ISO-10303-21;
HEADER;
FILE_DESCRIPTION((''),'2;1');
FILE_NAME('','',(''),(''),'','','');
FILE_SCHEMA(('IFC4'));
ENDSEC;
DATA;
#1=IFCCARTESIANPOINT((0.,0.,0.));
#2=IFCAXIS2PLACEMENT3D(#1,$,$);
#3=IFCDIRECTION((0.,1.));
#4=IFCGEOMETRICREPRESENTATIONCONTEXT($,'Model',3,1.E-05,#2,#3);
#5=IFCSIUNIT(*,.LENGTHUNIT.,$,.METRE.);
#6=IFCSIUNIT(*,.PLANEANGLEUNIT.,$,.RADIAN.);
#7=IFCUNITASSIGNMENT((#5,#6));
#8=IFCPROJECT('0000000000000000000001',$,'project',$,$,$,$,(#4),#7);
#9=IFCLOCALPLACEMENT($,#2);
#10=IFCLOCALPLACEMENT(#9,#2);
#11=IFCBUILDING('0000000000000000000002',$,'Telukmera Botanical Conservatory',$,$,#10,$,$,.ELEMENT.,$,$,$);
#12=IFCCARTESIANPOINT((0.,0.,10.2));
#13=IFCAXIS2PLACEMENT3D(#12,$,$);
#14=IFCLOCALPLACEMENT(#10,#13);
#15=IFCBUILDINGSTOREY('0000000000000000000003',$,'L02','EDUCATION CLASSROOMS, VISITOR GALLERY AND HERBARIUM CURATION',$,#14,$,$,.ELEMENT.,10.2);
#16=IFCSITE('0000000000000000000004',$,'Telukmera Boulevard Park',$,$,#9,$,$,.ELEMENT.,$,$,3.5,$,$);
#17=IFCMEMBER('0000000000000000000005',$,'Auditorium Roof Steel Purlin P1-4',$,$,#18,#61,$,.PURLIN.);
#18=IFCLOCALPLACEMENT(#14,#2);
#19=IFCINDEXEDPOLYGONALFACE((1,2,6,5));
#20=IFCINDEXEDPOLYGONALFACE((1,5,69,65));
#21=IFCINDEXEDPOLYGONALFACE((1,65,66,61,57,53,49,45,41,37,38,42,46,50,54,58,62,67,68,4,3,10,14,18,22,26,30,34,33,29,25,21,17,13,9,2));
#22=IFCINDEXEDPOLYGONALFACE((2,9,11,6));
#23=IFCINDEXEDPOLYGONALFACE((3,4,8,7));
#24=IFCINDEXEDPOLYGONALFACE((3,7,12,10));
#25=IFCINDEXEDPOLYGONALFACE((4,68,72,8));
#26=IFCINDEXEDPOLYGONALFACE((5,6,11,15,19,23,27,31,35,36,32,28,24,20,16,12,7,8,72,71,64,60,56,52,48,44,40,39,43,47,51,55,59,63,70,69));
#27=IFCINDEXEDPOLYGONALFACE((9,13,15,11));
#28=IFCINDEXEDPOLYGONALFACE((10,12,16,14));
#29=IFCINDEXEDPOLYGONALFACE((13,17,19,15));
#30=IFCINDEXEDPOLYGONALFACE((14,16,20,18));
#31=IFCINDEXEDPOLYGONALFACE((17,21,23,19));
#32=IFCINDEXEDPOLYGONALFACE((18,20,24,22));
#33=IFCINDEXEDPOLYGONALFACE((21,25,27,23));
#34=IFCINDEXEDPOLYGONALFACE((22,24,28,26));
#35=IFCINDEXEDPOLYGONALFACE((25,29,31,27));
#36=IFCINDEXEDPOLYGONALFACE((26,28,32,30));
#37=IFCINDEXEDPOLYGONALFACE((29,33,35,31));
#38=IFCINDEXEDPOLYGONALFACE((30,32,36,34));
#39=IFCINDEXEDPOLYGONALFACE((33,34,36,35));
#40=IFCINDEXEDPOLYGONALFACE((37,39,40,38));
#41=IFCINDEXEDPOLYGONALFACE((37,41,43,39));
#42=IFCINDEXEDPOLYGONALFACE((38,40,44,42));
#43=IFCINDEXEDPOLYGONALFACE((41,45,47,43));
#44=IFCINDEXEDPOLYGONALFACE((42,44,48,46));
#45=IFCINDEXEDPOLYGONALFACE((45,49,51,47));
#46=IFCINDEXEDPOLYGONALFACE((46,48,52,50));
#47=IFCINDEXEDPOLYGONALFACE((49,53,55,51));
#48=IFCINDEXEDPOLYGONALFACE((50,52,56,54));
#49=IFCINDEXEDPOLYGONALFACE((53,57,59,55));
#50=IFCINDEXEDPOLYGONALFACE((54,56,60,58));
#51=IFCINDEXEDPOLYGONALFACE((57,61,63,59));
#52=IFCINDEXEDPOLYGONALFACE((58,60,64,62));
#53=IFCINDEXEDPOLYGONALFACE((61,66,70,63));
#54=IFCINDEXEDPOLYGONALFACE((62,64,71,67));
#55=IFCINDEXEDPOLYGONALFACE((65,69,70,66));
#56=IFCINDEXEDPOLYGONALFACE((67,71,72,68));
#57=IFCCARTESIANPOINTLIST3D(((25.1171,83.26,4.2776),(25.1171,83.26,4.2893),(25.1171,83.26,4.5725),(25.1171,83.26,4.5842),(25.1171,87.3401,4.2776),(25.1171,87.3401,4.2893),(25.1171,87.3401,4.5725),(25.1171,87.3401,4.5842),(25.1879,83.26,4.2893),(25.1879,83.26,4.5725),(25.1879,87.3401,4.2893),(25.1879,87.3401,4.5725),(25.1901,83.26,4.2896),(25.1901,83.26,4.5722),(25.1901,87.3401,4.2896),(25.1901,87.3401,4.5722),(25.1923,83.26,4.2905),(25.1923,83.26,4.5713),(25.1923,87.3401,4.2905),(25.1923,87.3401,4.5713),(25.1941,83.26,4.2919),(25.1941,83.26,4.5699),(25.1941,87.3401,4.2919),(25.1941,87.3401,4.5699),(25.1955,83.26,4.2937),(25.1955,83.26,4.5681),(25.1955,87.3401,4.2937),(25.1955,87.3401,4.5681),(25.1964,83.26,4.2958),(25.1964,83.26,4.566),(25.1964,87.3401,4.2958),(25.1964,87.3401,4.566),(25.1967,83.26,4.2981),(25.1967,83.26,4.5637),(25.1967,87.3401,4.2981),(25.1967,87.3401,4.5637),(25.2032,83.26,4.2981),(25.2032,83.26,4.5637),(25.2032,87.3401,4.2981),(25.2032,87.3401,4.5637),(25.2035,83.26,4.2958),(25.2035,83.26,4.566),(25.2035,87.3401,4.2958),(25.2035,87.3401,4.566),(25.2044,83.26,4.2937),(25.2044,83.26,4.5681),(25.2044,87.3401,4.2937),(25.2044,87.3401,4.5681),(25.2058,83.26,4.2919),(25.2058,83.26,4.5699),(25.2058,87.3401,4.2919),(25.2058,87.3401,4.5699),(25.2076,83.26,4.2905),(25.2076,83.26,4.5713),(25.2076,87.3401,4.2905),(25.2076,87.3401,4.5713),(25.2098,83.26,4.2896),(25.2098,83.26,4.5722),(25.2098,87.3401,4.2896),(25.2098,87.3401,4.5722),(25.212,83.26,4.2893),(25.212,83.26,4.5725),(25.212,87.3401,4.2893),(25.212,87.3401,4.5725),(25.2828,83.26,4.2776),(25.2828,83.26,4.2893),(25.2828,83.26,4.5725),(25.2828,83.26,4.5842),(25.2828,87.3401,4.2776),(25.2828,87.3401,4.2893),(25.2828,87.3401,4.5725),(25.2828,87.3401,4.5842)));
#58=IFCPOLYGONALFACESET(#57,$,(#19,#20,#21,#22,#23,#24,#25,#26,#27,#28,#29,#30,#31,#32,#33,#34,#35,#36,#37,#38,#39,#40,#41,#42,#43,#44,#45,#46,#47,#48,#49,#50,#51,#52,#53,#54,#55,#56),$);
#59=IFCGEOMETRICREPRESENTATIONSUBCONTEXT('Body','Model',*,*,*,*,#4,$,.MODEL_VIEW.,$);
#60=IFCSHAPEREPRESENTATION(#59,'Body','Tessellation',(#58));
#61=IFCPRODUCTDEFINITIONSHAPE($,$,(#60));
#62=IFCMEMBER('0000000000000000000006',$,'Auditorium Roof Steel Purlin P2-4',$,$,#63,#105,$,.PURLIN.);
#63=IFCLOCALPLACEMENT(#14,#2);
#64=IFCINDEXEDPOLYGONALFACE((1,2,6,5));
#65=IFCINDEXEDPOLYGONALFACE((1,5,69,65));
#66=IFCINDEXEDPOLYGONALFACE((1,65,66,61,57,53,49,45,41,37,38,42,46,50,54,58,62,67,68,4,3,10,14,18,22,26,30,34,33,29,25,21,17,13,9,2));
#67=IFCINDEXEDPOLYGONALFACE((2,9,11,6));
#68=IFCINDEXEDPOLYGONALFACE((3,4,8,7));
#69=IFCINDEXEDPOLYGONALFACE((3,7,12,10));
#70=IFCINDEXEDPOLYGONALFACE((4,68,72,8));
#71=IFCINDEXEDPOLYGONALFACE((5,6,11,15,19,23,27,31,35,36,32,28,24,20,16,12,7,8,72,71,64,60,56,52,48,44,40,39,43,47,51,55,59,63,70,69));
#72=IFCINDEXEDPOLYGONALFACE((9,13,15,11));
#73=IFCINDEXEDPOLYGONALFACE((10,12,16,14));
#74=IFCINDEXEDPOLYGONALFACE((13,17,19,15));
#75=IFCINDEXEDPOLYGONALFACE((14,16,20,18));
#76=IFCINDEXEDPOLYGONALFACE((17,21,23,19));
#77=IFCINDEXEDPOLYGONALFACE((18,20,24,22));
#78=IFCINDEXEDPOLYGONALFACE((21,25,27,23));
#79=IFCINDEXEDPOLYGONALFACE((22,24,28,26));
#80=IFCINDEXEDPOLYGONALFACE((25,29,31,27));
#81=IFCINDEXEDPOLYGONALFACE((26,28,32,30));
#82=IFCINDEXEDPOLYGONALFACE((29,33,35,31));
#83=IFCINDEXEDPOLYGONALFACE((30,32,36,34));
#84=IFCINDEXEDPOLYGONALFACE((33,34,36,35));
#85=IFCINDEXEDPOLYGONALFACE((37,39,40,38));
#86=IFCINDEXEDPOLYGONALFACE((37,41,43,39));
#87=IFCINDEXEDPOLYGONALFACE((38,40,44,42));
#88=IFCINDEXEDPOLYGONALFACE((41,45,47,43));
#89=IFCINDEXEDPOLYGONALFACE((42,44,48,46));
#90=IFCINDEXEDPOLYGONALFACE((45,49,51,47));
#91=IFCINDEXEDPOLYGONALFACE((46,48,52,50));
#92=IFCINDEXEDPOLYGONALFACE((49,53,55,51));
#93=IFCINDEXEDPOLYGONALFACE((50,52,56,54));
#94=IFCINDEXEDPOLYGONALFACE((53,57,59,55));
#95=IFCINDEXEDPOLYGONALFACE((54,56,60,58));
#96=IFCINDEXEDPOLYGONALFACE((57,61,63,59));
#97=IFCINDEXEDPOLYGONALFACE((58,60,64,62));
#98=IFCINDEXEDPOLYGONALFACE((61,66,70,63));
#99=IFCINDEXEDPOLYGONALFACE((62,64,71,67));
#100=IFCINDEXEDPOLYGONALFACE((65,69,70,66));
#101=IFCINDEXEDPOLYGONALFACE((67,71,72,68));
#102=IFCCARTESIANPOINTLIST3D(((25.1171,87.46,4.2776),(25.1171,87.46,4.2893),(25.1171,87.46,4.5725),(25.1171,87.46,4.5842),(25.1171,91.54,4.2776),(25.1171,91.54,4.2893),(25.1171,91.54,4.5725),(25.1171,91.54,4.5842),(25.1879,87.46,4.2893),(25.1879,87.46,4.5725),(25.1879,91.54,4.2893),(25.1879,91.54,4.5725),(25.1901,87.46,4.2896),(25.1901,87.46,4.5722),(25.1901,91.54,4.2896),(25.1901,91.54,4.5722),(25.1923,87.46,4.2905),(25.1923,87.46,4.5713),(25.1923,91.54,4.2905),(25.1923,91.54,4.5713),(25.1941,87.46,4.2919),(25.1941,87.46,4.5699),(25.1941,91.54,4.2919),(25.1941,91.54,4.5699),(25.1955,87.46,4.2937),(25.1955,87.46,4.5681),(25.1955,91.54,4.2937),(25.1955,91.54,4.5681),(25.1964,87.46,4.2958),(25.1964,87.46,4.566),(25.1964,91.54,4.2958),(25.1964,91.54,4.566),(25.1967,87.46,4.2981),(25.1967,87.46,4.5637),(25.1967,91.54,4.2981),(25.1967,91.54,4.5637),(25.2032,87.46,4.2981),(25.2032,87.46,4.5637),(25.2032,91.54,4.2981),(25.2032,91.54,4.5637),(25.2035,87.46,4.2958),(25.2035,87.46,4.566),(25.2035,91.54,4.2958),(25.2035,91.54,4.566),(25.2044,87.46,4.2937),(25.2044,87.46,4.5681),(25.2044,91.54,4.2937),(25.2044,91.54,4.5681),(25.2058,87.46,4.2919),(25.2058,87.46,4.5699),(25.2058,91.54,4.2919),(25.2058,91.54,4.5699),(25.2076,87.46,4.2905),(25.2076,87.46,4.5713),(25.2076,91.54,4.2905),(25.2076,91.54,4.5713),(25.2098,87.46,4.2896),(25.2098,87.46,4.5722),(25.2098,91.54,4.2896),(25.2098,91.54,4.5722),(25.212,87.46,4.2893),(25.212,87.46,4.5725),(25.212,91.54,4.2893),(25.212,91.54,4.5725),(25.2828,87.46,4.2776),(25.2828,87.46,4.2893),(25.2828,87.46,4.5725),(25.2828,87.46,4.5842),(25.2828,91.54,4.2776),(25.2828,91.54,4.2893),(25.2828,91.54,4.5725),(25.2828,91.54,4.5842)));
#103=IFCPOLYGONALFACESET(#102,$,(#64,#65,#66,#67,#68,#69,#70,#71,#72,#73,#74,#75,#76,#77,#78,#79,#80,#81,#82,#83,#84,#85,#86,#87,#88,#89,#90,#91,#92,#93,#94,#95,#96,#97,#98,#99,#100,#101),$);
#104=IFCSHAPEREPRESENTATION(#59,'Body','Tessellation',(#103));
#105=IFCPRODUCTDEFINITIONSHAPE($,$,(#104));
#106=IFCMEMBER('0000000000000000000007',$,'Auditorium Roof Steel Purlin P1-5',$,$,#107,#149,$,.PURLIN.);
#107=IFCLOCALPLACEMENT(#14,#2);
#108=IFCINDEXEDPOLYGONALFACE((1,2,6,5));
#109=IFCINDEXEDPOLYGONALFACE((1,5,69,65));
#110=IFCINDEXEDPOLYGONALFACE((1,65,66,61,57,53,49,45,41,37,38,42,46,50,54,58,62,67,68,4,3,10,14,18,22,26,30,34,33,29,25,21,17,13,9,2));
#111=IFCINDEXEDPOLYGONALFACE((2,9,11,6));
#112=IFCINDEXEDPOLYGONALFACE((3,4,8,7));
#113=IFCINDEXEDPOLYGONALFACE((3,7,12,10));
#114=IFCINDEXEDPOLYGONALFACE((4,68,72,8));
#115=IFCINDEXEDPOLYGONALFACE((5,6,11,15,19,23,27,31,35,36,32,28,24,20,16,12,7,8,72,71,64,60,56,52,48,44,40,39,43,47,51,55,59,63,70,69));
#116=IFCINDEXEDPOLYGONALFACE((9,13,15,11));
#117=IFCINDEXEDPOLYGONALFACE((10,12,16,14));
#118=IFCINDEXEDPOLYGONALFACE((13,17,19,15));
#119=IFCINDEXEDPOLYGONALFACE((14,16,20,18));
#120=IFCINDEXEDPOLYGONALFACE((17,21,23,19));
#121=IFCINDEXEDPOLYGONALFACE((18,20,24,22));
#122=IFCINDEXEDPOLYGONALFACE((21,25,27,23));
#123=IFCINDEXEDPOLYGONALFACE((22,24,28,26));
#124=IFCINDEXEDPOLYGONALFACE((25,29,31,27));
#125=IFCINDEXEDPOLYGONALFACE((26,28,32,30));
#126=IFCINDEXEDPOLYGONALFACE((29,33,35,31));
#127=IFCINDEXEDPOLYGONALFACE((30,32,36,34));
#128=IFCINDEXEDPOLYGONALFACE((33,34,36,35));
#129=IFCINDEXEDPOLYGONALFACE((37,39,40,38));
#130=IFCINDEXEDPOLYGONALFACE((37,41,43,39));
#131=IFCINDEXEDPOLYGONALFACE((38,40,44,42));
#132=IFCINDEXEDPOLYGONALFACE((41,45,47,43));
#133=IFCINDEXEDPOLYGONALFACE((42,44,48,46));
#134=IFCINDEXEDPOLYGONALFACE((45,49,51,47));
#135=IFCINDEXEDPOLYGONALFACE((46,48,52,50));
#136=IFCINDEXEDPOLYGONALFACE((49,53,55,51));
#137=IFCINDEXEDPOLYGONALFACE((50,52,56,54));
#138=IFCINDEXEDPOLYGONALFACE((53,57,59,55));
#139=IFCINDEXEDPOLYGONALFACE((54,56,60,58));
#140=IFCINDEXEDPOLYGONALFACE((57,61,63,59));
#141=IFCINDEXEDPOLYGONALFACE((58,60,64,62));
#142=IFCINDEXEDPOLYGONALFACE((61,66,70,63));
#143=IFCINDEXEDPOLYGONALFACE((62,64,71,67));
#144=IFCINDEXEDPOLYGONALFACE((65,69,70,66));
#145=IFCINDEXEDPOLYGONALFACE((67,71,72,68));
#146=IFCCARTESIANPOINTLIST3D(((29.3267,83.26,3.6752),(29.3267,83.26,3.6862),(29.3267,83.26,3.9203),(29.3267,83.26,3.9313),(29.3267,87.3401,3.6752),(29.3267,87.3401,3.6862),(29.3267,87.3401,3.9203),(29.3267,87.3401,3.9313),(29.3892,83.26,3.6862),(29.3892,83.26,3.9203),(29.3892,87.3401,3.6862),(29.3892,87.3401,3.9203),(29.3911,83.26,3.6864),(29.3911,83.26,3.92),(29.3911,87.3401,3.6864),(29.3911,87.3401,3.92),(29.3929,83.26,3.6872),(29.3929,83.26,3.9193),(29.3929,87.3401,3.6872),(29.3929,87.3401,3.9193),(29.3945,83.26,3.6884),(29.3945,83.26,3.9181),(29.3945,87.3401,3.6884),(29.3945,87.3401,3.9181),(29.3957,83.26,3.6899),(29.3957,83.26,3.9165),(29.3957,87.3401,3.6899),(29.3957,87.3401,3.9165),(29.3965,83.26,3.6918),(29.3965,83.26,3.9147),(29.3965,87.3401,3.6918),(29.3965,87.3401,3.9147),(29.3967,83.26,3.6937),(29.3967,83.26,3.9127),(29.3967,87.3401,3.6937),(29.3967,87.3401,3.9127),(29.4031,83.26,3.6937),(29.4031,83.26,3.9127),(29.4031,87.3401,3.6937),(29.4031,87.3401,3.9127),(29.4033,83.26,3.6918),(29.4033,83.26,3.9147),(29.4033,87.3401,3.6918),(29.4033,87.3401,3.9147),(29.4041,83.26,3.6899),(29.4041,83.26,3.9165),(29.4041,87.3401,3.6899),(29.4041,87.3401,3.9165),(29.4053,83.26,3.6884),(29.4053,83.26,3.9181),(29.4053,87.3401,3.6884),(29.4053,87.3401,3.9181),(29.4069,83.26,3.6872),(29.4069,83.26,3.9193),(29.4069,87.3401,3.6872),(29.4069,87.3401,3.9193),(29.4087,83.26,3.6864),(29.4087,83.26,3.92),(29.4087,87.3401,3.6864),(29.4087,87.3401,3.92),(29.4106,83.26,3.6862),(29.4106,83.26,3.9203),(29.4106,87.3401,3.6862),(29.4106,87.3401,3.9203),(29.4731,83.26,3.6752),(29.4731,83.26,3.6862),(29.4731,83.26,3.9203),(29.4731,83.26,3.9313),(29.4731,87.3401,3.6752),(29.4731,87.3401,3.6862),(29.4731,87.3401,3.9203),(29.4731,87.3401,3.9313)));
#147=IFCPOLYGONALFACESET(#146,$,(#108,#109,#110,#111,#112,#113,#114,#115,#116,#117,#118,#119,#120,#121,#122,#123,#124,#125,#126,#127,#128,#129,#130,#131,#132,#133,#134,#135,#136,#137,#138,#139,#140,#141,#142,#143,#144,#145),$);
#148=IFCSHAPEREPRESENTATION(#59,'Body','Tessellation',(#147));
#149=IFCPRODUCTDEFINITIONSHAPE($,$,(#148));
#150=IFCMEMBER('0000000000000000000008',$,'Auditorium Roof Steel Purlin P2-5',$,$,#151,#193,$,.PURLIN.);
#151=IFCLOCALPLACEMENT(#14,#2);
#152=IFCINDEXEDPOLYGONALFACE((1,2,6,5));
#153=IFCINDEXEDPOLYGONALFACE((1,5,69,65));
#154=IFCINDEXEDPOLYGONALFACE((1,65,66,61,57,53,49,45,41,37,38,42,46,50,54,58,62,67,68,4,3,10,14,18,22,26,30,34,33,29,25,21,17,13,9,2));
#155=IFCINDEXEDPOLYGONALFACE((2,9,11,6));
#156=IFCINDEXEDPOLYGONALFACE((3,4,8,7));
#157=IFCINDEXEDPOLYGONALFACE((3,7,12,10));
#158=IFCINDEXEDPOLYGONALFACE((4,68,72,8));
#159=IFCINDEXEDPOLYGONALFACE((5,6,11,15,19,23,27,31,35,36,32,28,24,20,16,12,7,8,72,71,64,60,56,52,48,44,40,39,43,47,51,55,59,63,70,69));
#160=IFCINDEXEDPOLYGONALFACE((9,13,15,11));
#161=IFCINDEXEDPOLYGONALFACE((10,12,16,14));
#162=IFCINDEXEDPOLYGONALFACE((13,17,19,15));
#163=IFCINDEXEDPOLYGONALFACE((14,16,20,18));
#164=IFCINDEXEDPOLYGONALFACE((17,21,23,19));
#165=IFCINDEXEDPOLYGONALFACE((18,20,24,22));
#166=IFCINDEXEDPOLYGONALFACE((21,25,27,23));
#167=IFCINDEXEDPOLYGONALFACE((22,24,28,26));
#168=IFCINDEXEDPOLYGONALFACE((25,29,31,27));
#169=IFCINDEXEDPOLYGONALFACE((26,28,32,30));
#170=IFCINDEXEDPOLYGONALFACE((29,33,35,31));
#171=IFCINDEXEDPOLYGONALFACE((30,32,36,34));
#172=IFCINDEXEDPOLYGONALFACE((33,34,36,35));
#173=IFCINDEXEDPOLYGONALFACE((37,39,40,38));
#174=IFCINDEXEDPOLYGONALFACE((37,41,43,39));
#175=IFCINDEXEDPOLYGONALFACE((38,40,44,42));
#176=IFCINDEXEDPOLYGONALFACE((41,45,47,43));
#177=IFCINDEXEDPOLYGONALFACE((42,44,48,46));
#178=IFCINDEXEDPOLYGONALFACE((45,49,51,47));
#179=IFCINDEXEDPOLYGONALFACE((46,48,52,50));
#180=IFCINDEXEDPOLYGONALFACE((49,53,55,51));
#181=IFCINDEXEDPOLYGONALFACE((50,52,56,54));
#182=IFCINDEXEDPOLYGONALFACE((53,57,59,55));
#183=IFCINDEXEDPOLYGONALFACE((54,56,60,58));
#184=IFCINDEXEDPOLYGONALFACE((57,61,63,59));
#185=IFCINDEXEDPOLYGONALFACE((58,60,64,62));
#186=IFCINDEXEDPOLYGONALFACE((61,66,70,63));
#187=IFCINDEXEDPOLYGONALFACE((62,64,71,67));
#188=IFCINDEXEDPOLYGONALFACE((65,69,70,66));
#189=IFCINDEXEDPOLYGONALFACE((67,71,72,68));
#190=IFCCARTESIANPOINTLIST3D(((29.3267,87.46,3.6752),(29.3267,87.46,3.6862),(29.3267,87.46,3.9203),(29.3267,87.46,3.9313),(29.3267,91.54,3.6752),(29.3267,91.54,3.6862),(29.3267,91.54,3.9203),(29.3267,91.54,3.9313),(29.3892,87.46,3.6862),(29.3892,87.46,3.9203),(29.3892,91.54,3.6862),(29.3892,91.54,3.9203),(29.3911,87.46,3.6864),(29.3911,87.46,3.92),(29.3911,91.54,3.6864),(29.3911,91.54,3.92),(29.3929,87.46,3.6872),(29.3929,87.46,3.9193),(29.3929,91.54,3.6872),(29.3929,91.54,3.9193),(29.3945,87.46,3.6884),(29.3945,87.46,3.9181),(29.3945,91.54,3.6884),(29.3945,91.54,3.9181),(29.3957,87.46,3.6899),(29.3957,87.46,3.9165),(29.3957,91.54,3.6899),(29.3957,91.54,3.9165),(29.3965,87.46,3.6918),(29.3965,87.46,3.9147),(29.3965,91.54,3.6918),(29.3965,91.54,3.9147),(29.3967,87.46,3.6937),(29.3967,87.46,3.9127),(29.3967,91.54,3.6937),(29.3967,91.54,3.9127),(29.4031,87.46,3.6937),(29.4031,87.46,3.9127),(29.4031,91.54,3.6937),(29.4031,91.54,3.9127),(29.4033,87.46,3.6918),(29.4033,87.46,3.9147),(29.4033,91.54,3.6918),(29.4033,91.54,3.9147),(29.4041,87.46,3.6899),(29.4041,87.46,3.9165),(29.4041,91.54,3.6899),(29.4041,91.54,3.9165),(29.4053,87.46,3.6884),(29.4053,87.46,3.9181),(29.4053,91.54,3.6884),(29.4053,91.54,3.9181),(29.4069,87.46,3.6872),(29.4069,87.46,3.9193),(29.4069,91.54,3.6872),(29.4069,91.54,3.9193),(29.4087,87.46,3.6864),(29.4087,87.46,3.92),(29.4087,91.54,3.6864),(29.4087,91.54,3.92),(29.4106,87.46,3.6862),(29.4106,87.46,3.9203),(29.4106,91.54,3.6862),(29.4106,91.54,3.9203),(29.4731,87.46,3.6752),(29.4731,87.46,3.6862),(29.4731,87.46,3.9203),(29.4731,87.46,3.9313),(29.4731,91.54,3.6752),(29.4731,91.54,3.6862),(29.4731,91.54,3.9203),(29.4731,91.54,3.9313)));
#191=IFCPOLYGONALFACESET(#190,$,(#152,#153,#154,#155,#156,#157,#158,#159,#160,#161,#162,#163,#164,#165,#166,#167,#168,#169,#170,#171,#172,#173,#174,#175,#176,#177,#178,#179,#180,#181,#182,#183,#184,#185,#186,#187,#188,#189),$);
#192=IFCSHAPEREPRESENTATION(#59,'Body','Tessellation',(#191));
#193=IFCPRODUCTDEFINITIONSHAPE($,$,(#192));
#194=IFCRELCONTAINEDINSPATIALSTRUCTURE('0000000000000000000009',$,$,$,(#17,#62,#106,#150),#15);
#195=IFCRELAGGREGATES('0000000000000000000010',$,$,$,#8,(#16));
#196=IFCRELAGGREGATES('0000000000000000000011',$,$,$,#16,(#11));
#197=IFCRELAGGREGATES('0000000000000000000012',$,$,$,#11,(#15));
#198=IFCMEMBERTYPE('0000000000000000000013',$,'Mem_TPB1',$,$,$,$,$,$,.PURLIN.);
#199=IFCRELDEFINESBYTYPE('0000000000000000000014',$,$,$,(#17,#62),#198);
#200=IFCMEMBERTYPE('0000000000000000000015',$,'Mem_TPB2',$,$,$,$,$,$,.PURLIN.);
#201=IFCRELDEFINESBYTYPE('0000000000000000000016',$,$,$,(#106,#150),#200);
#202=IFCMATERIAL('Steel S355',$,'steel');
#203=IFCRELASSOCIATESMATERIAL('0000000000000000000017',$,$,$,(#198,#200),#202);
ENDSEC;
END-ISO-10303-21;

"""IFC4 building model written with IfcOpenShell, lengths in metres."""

from ifc_helpers import new_model, si_unit, direction, frame, origin, origin_2d, place, context, subcontext, project, spatial, i_section, extrude, material, material_profile, profile_set, type_object, element, save


model = new_model("IFC4")

# Units and contexts
model_context = context("Model", 3, precision=1e-05, world=origin(), true_north=direction((0.0, 1.0)))
body_context = subcontext(model_context, "Body", "Model", "MODEL_VIEW")
ifc_project = project(units=[si_unit("LENGTHUNIT", "METRE"), si_unit("PLANEANGLEUNIT", "RADIAN")], contexts=[model_context])

# Site, building, storey
site_placement = place(None, origin())
site = spatial("IfcSite", under=ifc_project, at=site_placement, Name="Telukmera Boulevard Park", CompositionType="ELEMENT", RefElevation=3.5)
building_placement = place(site_placement, origin())
building = spatial("IfcBuilding", under=site, at=building_placement, Name="Telukmera Botanical Conservatory", CompositionType="ELEMENT")
storey_placement = place(building_placement, frame((0.0, 0.0, 10.2)))
storey = spatial("IfcBuildingStorey", under=building, at=storey_placement, Name="L02", Description="EDUCATION CLASSROOMS, VISITOR GALLERY AND HERBARIUM CURATION", CompositionType="ELEMENT", Elevation=10.2)

# Members
ifc_material_1 = material(Name="Steel S355", Category="steel")
ifc_material_profile_1 = material_profile(ifc_material_1, i_section(OverallWidth=0.1658, OverallDepth=0.3066, WebThickness=0.0066, FlangeThickness=0.0117, FilletRadius=0.0088, at=origin_2d()), Name="UB 305x165x46")
ifc_profile_set_1 = profile_set([ifc_material_profile_1], Name="Steel S355")
member_type_1 = type_object("IfcMemberType", Name="Mem_TPB1", PredefinedType="PURLIN", material=ifc_profile_set_1)
for number, where, z_axis, x_axis, name in (
    (1, (25.2, 83.26, 4.4309), (0.0, 1.0, 0.0), (-1.0, 0.0, 0.0), "Auditorium Roof Steel Purlin P1-4"),
    (2, (25.2, 87.46, 4.4309), (0.0, 1.0, 0.0), (-1.0, 0.0, 0.0), "Auditorium Roof Steel Purlin P2-4"),
):
    element("IfcMember", number, at=place(storey_placement, frame(where, z_axis=z_axis, x_axis=x_axis)), inside=storey, type_object=member_type_1, Name=name, PredefinedType="PURLIN", context=body_context, shape_type="SweptSolid", body=[
        extrude(i_section(OverallWidth=0.1658, OverallDepth=0.3066, WebThickness=0.0066, FlangeThickness=0.0117, FilletRadius=0.0088, at=origin_2d()), origin(), (0.0, 0.0, 1.0), 4.0801),
    ])
ifc_material_profile_2 = material_profile(ifc_material_1, i_section(OverallWidth=0.1465, OverallDepth=0.2561, WebThickness=0.0063, FlangeThickness=0.011, FilletRadius=0.0076, at=origin_2d()), Name="UB 254x146x37")
ifc_profile_set_2 = profile_set([ifc_material_profile_2], Name="Steel S355")
member_type_2 = type_object("IfcMemberType", Name="Mem_TPB2", PredefinedType="PURLIN", material=ifc_profile_set_2)
for number, where, z_axis, x_axis, name in (
    (3, (29.3999, 83.26, 3.8032), (0.0, 1.0, 0.0), (-1.0, 0.0, 0.0), "Auditorium Roof Steel Purlin P1-5"),
    (4, (29.3999, 87.46, 3.8032), (0.0, 1.0, 0.0), (-1.0, 0.0, 0.0), "Auditorium Roof Steel Purlin P2-5"),
):
    element("IfcMember", number, at=place(storey_placement, frame(where, z_axis=z_axis, x_axis=x_axis)), inside=storey, type_object=member_type_2, Name=name, PredefinedType="PURLIN", context=body_context, shape_type="SweptSolid", body=[
        extrude(i_section(OverallWidth=0.1465, OverallDepth=0.2561, WebThickness=0.0063, FlangeThickness=0.011, FilletRadius=0.0076, at=origin_2d()), origin(), (0.0, 0.0, 1.0), 4.0801),
    ])

save(model, "model.ifc")
